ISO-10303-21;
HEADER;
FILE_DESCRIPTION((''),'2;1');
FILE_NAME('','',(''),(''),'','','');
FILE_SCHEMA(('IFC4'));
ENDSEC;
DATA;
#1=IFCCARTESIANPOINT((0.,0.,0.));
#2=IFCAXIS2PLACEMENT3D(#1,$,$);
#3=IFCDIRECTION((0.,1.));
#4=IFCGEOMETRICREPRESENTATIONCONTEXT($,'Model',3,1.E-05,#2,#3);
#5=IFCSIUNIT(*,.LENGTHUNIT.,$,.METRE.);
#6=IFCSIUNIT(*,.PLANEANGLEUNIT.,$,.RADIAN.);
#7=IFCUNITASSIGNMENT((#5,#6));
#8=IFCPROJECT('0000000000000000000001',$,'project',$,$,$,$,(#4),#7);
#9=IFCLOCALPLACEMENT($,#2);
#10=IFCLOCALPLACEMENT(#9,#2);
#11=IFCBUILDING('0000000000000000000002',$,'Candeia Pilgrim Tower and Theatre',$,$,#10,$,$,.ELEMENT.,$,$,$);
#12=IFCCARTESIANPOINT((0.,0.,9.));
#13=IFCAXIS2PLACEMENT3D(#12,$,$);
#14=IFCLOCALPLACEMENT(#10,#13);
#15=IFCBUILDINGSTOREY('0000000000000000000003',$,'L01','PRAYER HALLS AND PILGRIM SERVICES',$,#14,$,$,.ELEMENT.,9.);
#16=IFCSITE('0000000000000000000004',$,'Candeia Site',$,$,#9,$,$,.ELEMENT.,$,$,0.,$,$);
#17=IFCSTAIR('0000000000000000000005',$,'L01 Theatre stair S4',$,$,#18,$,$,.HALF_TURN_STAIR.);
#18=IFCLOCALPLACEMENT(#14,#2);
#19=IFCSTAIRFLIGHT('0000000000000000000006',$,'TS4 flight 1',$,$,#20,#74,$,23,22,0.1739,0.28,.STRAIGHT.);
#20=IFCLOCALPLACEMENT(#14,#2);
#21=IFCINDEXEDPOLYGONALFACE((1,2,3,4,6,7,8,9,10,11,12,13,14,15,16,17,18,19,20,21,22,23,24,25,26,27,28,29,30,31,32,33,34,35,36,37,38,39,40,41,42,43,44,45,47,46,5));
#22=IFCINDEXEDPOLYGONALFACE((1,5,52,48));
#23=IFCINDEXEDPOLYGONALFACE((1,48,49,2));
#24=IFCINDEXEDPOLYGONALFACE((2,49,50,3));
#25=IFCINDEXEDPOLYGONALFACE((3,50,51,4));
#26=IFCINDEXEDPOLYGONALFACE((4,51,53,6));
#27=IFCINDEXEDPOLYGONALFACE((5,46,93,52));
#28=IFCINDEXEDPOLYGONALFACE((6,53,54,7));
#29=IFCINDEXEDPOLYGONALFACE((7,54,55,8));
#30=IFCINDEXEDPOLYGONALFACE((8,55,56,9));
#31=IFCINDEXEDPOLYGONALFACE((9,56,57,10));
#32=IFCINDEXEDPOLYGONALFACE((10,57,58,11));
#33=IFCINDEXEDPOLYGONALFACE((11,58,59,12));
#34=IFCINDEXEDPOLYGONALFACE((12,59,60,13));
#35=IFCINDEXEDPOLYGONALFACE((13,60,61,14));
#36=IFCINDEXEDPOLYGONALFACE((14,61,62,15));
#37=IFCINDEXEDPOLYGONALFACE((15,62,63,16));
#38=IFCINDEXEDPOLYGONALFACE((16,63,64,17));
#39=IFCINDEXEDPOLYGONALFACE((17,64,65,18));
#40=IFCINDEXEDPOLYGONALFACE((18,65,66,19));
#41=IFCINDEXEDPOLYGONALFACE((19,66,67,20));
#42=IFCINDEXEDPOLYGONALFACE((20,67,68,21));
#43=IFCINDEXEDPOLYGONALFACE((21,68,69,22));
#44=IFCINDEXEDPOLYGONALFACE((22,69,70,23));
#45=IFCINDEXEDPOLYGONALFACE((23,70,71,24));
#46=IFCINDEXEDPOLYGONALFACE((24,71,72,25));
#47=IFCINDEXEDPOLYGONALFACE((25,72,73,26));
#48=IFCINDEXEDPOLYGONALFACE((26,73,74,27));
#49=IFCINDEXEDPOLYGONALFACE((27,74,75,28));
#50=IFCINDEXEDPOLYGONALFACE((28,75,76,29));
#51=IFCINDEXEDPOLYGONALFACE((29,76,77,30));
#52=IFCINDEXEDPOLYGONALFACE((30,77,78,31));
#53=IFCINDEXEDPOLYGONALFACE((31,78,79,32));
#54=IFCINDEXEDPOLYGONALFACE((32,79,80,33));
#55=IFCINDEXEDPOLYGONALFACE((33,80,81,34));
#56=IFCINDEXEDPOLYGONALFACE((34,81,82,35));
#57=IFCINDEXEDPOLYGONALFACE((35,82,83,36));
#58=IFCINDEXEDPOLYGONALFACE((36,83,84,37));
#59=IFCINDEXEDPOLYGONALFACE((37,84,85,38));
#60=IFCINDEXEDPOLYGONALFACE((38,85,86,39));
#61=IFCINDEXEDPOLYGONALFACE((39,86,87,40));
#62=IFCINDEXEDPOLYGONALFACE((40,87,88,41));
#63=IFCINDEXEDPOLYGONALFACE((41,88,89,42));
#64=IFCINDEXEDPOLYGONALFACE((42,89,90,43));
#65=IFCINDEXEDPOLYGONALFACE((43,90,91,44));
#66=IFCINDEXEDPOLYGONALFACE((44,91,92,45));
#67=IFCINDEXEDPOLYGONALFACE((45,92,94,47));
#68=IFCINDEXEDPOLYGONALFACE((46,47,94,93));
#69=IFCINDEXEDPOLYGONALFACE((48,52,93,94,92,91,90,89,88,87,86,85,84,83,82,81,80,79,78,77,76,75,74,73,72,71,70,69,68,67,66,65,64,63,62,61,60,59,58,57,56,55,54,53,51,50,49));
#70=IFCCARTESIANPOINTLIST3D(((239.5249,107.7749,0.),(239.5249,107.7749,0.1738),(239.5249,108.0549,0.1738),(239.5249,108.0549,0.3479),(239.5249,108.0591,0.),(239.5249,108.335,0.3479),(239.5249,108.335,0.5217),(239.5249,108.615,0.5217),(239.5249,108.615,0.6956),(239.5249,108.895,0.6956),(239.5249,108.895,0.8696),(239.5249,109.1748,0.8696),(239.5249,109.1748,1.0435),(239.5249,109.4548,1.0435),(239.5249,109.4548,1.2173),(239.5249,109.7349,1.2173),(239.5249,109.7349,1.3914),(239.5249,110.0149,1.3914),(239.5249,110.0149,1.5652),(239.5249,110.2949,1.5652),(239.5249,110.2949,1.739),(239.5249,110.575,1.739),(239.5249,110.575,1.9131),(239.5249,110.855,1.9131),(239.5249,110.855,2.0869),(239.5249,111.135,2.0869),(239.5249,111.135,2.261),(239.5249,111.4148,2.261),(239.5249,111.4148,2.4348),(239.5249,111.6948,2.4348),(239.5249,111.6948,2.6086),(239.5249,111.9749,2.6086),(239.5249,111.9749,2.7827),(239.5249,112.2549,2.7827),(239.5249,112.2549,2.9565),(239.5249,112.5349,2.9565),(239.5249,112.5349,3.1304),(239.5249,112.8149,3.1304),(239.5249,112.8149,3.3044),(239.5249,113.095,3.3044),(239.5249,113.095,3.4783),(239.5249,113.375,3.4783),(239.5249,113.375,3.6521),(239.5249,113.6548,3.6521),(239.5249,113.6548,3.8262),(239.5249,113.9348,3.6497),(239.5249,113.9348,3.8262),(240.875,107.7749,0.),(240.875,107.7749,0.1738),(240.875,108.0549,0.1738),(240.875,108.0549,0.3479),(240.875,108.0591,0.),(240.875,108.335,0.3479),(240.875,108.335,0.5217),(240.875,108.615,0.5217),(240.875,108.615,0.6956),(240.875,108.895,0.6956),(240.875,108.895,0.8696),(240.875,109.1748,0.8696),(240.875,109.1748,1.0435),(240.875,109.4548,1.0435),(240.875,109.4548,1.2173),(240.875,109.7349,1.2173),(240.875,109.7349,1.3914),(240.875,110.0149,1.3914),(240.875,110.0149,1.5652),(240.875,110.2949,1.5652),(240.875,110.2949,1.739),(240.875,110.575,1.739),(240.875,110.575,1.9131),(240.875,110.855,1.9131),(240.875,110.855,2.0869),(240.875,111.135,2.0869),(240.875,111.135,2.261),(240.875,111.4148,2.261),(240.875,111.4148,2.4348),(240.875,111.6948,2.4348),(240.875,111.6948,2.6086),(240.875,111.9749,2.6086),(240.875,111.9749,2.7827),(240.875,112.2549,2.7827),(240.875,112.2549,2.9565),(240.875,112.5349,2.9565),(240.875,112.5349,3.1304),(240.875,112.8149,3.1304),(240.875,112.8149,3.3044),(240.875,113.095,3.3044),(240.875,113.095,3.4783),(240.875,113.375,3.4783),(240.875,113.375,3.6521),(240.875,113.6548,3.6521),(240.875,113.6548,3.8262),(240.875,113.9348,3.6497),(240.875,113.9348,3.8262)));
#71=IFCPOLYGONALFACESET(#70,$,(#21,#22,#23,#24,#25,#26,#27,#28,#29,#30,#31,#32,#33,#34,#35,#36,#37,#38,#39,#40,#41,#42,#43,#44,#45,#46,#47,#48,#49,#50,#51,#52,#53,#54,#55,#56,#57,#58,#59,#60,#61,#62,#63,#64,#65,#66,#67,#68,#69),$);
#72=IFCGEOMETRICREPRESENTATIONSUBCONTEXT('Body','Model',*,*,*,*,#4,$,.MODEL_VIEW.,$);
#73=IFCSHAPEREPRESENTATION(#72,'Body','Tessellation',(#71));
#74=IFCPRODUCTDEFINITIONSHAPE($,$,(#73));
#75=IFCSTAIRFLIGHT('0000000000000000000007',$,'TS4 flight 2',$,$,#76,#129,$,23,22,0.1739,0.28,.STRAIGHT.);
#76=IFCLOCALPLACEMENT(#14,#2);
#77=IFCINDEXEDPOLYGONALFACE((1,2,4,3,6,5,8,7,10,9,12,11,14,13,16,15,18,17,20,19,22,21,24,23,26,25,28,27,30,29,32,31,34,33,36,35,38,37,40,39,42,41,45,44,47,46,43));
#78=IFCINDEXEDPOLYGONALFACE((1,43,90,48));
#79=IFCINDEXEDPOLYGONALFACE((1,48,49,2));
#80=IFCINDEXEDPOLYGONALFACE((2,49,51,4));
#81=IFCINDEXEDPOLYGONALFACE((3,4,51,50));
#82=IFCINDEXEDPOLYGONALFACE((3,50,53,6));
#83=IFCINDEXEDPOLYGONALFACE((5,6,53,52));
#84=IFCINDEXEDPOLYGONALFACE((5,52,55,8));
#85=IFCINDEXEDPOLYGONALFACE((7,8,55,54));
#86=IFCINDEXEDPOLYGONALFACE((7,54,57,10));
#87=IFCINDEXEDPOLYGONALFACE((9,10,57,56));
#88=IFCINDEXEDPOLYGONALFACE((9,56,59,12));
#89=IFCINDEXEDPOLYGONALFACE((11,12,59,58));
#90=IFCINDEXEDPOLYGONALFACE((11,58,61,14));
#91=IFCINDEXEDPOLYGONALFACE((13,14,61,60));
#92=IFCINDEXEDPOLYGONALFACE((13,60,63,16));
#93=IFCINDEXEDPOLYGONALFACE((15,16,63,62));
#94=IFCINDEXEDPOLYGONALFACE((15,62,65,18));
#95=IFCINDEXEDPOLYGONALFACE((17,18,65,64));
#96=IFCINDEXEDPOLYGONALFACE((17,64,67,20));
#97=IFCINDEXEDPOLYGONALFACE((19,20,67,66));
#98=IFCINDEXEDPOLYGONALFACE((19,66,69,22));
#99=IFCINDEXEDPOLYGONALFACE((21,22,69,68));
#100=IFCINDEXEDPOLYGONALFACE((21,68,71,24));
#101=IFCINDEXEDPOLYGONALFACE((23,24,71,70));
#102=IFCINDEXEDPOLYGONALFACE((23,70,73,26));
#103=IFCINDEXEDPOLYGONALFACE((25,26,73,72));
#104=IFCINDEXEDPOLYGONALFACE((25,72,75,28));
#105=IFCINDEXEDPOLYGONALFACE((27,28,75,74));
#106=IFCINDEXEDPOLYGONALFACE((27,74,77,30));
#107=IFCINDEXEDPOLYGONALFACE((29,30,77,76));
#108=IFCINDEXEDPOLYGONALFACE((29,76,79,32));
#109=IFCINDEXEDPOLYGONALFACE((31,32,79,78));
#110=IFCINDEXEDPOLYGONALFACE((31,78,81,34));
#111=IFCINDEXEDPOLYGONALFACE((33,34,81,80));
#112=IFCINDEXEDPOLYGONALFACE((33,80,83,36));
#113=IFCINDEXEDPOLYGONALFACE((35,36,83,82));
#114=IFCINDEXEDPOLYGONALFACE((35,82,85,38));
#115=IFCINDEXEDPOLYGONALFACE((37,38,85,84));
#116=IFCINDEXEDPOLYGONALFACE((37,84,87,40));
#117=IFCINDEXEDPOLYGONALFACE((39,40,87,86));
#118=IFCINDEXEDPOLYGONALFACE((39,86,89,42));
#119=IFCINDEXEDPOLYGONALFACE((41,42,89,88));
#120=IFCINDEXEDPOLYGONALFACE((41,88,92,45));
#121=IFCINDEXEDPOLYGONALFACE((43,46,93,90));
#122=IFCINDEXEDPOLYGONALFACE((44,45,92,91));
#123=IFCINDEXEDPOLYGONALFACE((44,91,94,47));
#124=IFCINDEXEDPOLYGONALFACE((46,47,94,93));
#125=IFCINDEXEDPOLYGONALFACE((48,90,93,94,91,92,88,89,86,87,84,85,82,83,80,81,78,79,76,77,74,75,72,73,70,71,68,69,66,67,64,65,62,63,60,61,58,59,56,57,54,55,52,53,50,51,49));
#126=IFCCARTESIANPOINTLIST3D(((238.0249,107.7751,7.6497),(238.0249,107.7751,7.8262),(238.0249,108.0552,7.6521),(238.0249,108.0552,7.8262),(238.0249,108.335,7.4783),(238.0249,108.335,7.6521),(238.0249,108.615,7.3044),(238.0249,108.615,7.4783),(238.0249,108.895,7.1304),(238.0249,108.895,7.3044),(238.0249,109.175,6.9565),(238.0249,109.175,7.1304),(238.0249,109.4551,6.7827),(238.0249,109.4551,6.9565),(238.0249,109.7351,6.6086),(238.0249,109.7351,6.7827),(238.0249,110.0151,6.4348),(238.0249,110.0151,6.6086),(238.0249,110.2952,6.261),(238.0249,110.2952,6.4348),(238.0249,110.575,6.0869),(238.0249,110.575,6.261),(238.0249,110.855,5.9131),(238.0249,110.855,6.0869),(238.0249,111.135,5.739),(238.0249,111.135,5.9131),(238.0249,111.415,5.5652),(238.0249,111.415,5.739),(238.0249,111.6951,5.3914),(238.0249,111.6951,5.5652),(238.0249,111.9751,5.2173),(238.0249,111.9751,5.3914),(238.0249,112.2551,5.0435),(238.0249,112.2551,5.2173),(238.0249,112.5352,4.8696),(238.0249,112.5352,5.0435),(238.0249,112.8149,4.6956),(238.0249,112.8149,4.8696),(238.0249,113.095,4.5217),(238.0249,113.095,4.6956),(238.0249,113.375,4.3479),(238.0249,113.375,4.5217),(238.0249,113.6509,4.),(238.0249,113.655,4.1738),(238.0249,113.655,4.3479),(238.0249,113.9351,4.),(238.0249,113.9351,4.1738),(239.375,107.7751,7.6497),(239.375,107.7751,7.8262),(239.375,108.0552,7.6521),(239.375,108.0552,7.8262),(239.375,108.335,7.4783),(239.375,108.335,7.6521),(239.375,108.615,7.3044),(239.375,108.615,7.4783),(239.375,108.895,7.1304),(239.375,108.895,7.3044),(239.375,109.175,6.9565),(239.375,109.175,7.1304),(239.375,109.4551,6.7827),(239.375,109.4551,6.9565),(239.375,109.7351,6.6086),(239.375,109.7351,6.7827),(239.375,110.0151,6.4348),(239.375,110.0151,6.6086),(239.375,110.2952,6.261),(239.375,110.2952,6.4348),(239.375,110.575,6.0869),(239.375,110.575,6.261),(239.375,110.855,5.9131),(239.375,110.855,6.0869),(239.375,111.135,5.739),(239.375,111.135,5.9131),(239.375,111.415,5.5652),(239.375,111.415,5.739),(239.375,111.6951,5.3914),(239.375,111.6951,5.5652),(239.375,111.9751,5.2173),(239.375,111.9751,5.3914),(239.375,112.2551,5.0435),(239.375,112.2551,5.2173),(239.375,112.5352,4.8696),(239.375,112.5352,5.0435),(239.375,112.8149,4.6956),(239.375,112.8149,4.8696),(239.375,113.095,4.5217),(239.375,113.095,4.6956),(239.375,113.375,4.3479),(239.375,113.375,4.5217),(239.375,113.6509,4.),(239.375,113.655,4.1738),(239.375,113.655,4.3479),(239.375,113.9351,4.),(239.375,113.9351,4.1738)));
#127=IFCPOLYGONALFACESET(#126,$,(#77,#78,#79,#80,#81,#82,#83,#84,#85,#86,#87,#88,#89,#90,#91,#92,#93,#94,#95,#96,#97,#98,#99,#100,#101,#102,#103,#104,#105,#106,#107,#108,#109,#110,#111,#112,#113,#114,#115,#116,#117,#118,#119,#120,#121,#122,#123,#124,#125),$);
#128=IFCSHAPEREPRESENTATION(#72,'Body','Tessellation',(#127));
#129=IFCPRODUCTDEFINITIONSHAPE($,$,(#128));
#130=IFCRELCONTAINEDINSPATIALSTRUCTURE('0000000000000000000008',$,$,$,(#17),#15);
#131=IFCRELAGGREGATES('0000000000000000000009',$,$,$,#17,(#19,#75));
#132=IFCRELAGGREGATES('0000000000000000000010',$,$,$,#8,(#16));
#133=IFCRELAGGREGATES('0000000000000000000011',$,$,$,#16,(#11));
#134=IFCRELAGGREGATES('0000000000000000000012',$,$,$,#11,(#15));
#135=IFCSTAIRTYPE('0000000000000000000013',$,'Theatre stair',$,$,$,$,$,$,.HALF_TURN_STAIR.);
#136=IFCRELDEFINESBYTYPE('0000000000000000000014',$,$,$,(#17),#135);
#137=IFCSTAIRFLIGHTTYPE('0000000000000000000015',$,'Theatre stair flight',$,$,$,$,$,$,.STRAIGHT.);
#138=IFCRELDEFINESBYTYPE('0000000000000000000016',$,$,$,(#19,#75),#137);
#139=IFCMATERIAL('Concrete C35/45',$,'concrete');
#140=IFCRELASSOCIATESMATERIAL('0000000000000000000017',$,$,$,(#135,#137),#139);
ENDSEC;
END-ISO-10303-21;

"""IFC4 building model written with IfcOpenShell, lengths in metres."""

from ifc_helpers import new_model, si_unit, direction, frame, origin, place, context, subcontext, project, spatial, polyline, outline, extrude, material, type_object, element, aggregate, save


model = new_model("IFC4")

# Units and contexts
model_context = context("Model", 3, precision=1e-05, world=origin(), true_north=direction((0.0, 1.0)))
body_context = subcontext(model_context, "Body", "Model", "MODEL_VIEW")
ifc_project = project(units=[si_unit("LENGTHUNIT", "METRE"), si_unit("PLANEANGLEUNIT", "RADIAN")], contexts=[model_context])

# Site, building, storey
site_placement = place(None, origin())
site = spatial("IfcSite", under=ifc_project, at=site_placement, Name="Candeia Site", CompositionType="ELEMENT", RefElevation=0.0)
building_placement = place(site_placement, origin())
building = spatial("IfcBuilding", under=site, at=building_placement, Name="Candeia Pilgrim Tower and Theatre", CompositionType="ELEMENT")
storey_placement = place(building_placement, frame((0.0, 0.0, 9.0)))
storey = spatial("IfcBuildingStorey", under=building, at=storey_placement, Name="L01", Description="PRAYER HALLS AND PILGRIM SERVICES", CompositionType="ELEMENT", Elevation=9.0)

# Shared definitions
ifc_material_1 = material(Name="Concrete C35/45", Category="concrete")

# Stair, stair flights
stair_type = type_object("IfcStairType", Name="Theatre stair", PredefinedType="HALF_TURN_STAIR", material=ifc_material_1)
stair_flight_type = type_object("IfcStairFlightType", Name="Theatre stair flight", PredefinedType="STRAIGHT", material=ifc_material_1)
stair_1_placement = place(storey_placement, origin())
stair_1 = element("IfcStair", 1, at=stair_1_placement, inside=storey, type_object=stair_type, Name="L01 Theatre stair S4", PredefinedType="HALF_TURN_STAIR")
stair_flight_1_placement = place(storey_placement, frame((240.2, 107.7749, 0.0), z_axis=(0.0, 0.0, 1.0), x_axis=(0.0, 1.0, 0.0)))
stair_flight_1 = element("IfcStairFlight", 2, at=stair_flight_1_placement, type_object=stair_flight_type, Name="TS4 flight 1", NumberOfRisers=23, NumberOfTreads=22, PredefinedType="STRAIGHT", RiserHeight=0.1739, TreadLength=0.28, context=body_context, shape_type="SweptSolid", body=[
    extrude(outline(polyline([(0.0, 0.0), (0.0, 0.1738), (0.28, 0.1738), (0.28, 0.3479), (0.5601, 0.3479), (0.5601, 0.5217), (0.8401, 0.5217), (0.8401, 0.6956), (1.1201, 0.6956), (1.1201, 0.8696), (1.3999, 0.8696), (1.3999, 1.0435), (1.6799, 1.0435), (1.6799, 1.2173), (1.96, 1.2173), (1.96, 1.3914), (2.24, 1.3914), (2.24, 1.5652), (2.52, 1.5652), (2.52, 1.739), (2.8, 1.739), (2.8, 1.9131), (3.0801, 1.9131), (3.0801, 2.0869), (3.3601, 2.0869), (3.3601, 2.261), (3.6399, 2.261), (3.6399, 2.4348), (3.9199, 2.4348), (3.9199, 2.6086), (4.2, 2.6086), (4.2, 2.7827), (4.48, 2.7827), (4.48, 2.9565), (4.76, 2.9565), (4.76, 3.1304), (5.04, 3.1304), (5.04, 3.3044), (5.3201, 3.3044), (5.3201, 3.4783), (5.6001, 3.4783), (5.6001, 3.6521), (5.8799, 3.6521), (5.8799, 3.8262), (6.1599, 3.8262), (6.1599, 4.0), (6.1599, 3.6497), (0.2842, 0.0), (0.0, 0.0)])), frame((0.0, 0.675, 0.0), z_axis=(0.0, -1.0, 0.0), x_axis=(1.0, 0.0, 0.0)), (0.0, 0.0, 1.0), 1.3501),
])
stair_flight_2_placement = place(storey_placement, frame((238.7, 113.9351, 4.0), z_axis=(0.0, 0.0, 1.0), x_axis=(0.0, -1.0, 0.0)))
stair_flight_2 = element("IfcStairFlight", 3, at=stair_flight_2_placement, type_object=stair_flight_type, Name="TS4 flight 2", NumberOfRisers=23, NumberOfTreads=22, PredefinedType="STRAIGHT", RiserHeight=0.1739, TreadLength=0.28, context=body_context, shape_type="SweptSolid", body=[
    extrude(outline(polyline([(0.0, 0.0), (0.0, 0.1738), (0.28, 0.1738), (0.28, 0.3479), (0.5601, 0.3479), (0.5601, 0.5217), (0.8401, 0.5217), (0.8401, 0.6956), (1.1201, 0.6956), (1.1201, 0.8696), (1.3999, 0.8696), (1.3999, 1.0435), (1.6799, 1.0435), (1.6799, 1.2173), (1.96, 1.2173), (1.96, 1.3914), (2.24, 1.3914), (2.24, 1.5652), (2.52, 1.5652), (2.52, 1.739), (2.8, 1.739), (2.8, 1.9131), (3.0801, 1.9131), (3.0801, 2.0869), (3.3601, 2.0869), (3.3601, 2.261), (3.6399, 2.261), (3.6399, 2.4348), (3.9199, 2.4348), (3.9199, 2.6086), (4.2, 2.6086), (4.2, 2.7827), (4.48, 2.7827), (4.48, 2.9565), (4.76, 2.9565), (4.76, 3.1304), (5.04, 3.1304), (5.04, 3.3044), (5.3201, 3.3044), (5.3201, 3.4783), (5.6001, 3.4783), (5.6001, 3.6521), (5.8799, 3.6521), (5.8799, 3.8262), (6.1599, 3.8262), (6.1599, 4.0), (6.1599, 3.6497), (0.2842, 0.0), (0.0, 0.0)])), frame((0.0, 0.675, 0.0), z_axis=(0.0, -1.0, 0.0), x_axis=(1.0, 0.0, 0.0)), (0.0, 0.0, 1.0), 1.3501),
])
aggregate(stair_1, [stair_flight_1, stair_flight_2])

save(model, "model.ifc")
